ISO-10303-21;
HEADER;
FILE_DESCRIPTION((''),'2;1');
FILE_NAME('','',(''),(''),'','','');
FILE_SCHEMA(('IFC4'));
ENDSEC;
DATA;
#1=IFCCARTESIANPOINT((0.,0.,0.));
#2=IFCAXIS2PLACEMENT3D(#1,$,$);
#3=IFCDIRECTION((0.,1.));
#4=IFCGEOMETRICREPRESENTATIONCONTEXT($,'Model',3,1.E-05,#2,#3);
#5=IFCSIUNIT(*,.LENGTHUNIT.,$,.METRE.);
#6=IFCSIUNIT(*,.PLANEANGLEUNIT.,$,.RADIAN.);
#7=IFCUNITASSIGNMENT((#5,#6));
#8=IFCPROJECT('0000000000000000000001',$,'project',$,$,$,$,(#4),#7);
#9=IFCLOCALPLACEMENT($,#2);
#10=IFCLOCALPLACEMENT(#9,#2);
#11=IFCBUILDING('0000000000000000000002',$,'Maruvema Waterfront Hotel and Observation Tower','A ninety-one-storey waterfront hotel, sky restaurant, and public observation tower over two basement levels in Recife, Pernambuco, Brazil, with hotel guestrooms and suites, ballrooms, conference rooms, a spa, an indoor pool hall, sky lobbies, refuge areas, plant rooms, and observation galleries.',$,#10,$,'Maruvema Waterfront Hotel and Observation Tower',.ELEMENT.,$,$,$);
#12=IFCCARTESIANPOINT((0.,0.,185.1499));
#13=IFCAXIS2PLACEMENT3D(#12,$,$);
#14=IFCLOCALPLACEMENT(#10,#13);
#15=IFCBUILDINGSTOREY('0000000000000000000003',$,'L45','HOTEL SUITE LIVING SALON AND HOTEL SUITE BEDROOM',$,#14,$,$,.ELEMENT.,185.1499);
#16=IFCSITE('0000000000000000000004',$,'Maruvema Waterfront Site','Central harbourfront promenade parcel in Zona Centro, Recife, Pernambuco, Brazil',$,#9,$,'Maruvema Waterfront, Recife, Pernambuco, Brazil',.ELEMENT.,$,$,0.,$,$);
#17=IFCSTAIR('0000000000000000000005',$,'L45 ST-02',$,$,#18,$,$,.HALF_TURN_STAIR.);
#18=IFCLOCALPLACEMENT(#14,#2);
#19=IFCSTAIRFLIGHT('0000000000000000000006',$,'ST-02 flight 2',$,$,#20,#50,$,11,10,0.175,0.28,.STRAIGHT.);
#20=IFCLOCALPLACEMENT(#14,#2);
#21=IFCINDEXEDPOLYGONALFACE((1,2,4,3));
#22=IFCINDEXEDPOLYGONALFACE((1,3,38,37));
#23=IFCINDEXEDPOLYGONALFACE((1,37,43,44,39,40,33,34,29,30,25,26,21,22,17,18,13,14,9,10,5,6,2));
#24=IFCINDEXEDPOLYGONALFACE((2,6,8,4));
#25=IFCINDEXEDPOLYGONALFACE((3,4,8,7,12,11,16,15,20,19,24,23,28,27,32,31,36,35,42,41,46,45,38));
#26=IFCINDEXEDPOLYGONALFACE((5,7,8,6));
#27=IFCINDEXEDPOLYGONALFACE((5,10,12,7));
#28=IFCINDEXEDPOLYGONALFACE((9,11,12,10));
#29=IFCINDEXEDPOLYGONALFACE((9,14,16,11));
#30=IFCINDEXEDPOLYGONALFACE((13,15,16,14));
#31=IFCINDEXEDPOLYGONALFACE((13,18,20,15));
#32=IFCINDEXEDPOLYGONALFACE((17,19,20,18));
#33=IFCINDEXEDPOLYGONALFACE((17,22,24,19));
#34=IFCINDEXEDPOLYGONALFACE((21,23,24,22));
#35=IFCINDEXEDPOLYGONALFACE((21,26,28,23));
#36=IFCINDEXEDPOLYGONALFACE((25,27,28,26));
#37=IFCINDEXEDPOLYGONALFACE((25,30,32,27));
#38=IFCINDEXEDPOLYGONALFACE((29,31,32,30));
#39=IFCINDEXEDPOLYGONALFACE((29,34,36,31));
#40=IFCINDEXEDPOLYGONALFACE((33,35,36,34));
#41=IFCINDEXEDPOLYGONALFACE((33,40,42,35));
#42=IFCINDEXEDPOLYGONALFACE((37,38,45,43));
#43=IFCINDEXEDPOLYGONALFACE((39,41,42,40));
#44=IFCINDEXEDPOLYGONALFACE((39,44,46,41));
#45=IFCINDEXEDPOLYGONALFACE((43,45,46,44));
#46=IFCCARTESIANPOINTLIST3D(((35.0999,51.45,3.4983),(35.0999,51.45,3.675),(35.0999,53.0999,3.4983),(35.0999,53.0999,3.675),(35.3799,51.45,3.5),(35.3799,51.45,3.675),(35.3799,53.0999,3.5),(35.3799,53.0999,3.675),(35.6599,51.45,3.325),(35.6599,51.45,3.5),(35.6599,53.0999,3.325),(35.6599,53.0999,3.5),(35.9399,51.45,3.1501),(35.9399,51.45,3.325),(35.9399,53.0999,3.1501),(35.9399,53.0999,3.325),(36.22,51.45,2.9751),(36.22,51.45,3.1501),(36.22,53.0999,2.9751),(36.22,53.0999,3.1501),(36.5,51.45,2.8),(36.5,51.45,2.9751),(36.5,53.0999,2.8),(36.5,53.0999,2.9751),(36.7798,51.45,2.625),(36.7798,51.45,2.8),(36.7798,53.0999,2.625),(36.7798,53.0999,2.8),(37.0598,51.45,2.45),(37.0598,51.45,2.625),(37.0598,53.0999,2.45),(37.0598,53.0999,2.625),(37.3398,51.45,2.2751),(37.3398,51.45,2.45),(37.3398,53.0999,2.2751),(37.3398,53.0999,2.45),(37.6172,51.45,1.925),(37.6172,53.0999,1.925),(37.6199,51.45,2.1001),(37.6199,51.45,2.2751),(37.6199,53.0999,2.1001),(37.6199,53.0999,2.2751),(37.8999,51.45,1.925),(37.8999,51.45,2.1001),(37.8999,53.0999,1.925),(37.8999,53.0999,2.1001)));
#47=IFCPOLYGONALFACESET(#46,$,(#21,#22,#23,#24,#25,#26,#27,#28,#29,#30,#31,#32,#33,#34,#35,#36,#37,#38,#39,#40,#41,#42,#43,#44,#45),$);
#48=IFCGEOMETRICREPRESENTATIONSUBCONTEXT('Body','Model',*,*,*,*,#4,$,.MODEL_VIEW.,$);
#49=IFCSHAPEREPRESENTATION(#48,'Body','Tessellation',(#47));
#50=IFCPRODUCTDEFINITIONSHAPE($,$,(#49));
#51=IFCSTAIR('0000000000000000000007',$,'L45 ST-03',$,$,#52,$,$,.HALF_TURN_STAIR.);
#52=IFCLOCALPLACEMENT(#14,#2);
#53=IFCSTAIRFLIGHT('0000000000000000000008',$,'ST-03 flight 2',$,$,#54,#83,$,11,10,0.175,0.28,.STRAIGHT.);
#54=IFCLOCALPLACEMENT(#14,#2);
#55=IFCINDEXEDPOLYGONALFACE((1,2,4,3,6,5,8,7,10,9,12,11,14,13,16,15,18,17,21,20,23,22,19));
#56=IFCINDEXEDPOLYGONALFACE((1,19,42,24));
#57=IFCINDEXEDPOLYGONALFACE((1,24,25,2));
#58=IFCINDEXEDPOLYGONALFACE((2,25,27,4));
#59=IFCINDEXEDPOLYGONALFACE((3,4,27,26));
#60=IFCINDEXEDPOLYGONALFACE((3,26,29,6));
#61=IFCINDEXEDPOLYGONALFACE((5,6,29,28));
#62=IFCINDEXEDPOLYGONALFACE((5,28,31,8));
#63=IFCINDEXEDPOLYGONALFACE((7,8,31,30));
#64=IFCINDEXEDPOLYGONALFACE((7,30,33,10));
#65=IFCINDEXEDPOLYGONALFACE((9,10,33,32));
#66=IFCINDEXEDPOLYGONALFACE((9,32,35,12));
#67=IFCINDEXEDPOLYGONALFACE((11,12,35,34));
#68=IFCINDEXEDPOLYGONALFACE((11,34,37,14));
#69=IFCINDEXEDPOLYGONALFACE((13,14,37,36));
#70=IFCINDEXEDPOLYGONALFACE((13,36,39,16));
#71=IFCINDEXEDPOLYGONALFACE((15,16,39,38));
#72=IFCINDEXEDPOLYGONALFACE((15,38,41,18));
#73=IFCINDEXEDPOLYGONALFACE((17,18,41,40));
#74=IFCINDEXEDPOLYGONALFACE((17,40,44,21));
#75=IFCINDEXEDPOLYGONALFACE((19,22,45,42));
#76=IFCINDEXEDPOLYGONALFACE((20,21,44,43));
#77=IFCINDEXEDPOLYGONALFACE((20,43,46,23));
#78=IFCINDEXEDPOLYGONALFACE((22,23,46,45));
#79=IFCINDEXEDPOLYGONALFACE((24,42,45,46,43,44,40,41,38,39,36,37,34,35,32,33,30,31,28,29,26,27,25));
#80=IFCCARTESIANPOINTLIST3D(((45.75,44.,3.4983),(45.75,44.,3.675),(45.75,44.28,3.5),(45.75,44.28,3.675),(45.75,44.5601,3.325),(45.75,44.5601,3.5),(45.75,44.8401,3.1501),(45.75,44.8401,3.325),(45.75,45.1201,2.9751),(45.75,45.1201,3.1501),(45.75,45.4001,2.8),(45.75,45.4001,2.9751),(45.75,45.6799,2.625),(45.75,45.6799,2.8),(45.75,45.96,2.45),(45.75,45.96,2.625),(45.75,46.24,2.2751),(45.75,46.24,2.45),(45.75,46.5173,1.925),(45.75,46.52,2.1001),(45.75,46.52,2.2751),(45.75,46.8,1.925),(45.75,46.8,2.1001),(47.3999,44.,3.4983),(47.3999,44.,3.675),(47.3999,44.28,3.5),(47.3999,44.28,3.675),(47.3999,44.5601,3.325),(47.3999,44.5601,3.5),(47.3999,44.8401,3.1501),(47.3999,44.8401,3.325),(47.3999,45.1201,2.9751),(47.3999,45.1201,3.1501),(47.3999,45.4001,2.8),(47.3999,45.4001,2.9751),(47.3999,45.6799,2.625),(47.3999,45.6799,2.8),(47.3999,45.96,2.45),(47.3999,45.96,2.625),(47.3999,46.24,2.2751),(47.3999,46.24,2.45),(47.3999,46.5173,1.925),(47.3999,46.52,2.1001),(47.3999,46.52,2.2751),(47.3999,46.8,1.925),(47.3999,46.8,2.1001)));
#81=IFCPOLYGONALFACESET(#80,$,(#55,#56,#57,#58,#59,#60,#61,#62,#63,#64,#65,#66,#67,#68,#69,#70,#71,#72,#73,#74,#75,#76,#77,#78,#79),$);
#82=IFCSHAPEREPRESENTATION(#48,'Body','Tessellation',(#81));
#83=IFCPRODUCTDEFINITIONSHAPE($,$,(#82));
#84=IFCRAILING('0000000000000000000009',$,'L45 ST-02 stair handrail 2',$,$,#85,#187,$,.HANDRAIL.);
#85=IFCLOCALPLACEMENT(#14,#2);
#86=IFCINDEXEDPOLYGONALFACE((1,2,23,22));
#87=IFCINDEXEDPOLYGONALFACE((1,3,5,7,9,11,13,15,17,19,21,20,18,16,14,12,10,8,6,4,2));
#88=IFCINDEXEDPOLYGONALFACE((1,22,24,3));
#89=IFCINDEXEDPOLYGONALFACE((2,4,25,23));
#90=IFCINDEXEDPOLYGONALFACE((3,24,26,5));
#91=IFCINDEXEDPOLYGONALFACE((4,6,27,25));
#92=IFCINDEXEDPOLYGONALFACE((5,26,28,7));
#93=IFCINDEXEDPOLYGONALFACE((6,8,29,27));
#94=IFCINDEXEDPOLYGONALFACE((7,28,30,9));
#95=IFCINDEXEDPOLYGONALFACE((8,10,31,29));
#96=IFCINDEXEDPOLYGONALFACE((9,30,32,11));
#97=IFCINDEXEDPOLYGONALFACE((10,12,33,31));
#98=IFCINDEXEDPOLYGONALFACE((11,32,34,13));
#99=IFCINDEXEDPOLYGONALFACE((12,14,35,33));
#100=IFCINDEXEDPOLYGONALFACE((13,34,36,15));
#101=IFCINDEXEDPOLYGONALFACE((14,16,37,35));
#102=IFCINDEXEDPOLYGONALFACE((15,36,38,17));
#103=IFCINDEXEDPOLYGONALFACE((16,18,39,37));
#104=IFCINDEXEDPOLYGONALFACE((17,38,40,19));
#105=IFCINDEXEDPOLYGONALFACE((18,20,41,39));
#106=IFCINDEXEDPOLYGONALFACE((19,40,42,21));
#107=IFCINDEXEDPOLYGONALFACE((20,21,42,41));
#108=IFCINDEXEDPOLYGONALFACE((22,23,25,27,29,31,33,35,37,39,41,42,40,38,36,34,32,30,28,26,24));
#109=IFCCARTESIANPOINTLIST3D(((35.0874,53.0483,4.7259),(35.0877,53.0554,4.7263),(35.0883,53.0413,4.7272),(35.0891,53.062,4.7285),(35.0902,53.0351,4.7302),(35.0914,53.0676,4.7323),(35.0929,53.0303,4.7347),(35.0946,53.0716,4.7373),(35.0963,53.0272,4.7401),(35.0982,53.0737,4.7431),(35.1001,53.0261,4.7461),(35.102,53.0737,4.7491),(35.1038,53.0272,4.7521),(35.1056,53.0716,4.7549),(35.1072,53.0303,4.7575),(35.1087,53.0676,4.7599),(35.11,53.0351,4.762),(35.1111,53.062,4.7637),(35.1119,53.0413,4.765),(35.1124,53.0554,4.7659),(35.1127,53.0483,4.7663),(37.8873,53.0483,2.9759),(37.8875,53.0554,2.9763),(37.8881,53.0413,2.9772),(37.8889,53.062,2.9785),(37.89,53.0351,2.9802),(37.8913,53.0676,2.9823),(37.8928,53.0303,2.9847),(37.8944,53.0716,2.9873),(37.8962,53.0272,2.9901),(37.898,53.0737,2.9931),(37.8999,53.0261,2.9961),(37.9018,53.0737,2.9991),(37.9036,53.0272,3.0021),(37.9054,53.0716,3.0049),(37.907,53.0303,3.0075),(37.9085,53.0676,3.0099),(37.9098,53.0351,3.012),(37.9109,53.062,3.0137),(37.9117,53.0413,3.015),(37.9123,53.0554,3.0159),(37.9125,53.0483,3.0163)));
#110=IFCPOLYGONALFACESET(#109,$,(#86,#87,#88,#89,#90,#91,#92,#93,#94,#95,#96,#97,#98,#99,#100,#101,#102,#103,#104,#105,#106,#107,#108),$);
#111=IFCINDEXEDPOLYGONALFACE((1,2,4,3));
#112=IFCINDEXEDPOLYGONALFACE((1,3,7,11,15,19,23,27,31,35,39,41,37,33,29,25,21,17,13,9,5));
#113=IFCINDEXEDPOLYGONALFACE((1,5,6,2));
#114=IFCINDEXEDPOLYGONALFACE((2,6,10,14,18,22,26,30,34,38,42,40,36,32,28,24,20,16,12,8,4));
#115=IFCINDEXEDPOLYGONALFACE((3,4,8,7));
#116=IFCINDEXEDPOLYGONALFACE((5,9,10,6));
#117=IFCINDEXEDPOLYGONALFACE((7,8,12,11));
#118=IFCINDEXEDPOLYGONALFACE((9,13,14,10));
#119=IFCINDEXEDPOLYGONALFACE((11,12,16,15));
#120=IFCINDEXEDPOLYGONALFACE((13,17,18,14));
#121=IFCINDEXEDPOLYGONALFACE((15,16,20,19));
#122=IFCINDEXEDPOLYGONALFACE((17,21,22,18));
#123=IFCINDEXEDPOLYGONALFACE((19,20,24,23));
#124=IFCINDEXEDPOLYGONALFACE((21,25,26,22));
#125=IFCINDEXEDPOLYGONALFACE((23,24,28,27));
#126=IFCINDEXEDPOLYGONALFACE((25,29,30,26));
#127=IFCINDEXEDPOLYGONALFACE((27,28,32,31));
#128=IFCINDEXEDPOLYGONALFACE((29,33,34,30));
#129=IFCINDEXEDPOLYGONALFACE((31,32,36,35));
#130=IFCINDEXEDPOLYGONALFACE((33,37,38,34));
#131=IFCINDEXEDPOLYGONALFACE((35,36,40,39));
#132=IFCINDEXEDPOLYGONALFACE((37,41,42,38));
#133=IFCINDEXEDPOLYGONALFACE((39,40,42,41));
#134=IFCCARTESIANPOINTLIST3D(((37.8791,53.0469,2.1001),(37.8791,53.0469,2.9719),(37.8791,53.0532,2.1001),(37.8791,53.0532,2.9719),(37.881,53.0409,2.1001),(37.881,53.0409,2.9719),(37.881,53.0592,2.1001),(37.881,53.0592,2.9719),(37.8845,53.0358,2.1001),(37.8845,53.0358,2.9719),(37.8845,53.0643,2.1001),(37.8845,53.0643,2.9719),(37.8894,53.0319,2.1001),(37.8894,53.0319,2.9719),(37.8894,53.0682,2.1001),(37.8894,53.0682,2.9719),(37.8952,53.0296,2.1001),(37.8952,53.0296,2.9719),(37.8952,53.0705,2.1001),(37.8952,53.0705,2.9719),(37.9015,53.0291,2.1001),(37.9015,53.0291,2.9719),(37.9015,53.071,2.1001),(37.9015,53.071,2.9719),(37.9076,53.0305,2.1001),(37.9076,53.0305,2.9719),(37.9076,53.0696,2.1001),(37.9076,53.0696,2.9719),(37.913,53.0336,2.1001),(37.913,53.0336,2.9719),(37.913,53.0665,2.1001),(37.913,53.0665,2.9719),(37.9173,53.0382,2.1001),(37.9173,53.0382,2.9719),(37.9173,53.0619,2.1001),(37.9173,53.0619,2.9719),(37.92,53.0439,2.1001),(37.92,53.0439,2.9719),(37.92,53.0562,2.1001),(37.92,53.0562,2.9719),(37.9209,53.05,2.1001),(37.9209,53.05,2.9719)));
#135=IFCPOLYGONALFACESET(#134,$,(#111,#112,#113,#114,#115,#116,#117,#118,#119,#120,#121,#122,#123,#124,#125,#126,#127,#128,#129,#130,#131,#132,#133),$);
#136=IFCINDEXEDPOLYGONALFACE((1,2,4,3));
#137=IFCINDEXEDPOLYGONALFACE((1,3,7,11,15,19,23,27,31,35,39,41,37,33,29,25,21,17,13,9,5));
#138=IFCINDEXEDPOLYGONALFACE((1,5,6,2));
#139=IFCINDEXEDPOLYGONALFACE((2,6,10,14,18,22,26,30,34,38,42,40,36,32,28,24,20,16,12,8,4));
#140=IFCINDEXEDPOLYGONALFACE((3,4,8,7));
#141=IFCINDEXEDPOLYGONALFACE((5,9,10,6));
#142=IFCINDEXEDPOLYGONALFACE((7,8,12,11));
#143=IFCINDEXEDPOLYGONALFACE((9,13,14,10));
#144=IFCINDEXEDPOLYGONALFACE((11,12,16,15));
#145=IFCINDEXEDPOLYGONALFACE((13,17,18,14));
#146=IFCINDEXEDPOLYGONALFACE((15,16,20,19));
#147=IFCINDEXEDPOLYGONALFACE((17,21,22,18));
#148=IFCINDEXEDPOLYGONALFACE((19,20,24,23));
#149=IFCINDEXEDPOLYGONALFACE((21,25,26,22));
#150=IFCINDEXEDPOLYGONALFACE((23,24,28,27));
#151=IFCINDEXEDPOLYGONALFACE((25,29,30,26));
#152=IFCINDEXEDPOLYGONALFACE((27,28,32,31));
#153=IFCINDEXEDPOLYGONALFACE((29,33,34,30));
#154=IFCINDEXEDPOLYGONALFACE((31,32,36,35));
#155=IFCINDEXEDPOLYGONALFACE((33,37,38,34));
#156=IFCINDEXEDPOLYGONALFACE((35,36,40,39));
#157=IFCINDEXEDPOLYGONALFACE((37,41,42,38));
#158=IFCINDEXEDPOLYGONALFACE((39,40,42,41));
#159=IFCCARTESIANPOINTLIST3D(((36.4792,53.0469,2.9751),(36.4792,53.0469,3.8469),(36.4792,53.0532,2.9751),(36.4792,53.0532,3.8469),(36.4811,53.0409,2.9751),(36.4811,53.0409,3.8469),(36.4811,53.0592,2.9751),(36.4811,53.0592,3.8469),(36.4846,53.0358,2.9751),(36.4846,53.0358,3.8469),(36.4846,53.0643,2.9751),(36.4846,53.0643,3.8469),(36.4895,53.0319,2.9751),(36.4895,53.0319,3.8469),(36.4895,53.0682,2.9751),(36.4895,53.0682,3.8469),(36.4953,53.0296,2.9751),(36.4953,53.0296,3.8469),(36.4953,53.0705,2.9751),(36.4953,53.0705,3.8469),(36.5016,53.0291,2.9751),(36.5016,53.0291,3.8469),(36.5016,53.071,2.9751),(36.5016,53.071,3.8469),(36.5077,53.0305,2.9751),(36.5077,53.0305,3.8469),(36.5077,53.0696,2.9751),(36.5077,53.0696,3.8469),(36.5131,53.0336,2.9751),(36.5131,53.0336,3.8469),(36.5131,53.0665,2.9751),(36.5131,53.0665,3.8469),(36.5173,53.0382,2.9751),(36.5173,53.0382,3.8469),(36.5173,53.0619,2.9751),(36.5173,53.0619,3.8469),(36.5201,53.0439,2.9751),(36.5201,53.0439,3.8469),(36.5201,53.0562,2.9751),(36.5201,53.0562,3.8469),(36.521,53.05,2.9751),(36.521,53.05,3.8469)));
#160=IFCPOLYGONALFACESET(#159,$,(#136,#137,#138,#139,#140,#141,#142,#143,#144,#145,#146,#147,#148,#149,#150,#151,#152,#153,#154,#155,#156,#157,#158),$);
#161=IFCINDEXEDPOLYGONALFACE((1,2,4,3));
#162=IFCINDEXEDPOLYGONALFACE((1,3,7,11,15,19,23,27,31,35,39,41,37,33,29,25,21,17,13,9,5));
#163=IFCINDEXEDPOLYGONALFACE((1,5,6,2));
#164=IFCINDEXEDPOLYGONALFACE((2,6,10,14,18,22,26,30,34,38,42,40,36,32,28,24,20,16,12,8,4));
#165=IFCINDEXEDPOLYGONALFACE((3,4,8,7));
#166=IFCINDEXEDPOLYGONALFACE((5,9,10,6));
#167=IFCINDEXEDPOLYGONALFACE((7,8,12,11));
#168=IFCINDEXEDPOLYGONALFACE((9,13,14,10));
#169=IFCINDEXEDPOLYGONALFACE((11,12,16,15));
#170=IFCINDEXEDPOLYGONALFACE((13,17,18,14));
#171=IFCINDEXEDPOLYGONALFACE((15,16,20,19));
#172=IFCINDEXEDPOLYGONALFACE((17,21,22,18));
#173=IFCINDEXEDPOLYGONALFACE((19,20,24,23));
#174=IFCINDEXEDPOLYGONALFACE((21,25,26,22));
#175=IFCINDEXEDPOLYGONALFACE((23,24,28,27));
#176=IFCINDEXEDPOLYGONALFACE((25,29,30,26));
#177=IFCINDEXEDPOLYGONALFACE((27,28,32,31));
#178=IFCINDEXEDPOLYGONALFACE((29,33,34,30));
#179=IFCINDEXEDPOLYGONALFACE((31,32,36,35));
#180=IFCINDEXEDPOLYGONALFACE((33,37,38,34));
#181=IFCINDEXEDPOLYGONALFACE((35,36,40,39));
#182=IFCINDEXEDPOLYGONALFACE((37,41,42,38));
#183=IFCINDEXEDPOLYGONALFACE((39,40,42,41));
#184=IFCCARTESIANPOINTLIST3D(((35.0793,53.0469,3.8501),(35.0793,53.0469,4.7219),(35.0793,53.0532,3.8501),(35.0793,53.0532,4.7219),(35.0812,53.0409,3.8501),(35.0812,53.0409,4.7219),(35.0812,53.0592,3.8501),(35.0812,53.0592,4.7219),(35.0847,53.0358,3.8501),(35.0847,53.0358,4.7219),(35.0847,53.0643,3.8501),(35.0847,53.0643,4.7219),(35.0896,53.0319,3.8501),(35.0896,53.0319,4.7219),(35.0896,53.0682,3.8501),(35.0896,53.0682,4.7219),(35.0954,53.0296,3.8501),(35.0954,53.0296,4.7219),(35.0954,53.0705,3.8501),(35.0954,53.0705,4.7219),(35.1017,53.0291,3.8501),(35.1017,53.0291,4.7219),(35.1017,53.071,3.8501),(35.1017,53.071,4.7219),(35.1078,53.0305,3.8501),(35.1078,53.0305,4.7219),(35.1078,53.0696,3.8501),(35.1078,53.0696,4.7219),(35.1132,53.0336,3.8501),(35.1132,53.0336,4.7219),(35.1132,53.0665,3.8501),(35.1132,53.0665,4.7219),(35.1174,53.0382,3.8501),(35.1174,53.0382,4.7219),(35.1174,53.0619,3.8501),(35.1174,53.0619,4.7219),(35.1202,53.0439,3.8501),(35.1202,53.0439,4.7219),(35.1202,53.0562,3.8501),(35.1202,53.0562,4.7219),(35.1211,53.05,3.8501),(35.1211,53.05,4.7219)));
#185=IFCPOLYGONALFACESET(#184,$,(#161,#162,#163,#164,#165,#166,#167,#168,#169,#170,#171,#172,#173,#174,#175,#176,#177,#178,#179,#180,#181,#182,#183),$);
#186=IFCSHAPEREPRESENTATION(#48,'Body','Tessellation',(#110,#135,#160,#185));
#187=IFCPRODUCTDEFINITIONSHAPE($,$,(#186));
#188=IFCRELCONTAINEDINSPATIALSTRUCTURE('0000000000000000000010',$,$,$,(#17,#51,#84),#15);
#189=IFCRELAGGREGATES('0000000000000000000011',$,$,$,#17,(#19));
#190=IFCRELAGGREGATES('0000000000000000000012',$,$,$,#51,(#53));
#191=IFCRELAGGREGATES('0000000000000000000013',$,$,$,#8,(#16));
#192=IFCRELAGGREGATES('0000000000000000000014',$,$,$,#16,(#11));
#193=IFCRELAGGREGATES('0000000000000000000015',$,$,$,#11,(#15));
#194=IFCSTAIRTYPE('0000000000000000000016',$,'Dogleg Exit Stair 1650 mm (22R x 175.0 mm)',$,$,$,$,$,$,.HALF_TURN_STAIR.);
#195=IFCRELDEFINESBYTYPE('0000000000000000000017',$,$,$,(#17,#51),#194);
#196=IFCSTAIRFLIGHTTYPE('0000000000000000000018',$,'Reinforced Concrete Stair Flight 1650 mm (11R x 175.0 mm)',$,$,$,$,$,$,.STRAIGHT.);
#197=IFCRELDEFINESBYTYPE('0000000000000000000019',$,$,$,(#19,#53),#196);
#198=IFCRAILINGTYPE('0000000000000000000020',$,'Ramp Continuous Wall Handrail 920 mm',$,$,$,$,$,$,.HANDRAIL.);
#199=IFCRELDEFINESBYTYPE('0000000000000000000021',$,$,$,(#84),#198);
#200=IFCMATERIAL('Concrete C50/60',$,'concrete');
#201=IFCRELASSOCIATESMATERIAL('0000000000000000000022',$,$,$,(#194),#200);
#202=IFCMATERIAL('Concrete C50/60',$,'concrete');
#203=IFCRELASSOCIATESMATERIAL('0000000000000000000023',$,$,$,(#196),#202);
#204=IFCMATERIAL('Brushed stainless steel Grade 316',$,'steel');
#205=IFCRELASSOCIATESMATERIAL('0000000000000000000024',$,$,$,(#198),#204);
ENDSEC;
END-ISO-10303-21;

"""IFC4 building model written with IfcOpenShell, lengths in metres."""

from ifc_helpers import new_model, si_unit, direction, frame, origin, origin_2d, place, context, subcontext, project, spatial, polyline, circle, outline, extrude, material, type_object, element, aggregate, save


model = new_model("IFC4")

# Units and contexts
model_context = context("Model", 3, precision=1e-05, world=origin(), true_north=direction((0.0, 1.0)))
body_context = subcontext(model_context, "Body", "Model", "MODEL_VIEW")
ifc_project = project(units=[si_unit("LENGTHUNIT", "METRE"), si_unit("PLANEANGLEUNIT", "RADIAN")], contexts=[model_context])

# Site, building, storey
site_placement = place(None, origin())
site = spatial("IfcSite", under=ifc_project, at=site_placement, Name="Maruvema Waterfront Site", Description="Central harbourfront promenade parcel in Zona Centro, Recife, Pernambuco, Brazil", LongName="Maruvema Waterfront, Recife, Pernambuco, Brazil", CompositionType="ELEMENT", RefElevation=0.0)
building_placement = place(site_placement, origin())
building = spatial("IfcBuilding", under=site, at=building_placement, Name="Maruvema Waterfront Hotel and Observation Tower", Description="A ninety-one-storey waterfront hotel, sky restaurant, and public observation tower over two basement levels in Recife, Pernambuco, Brazil, with hotel guestrooms and suites, ballrooms, conference rooms, a spa, an indoor pool hall, sky lobbies, refuge areas, plant rooms, and observation galleries.", LongName="Maruvema Waterfront Hotel and Observation Tower", CompositionType="ELEMENT")
storey_placement = place(building_placement, frame((0.0, 0.0, 185.1499)))
storey = spatial("IfcBuildingStorey", under=building, at=storey_placement, Name="L45", Description="HOTEL SUITE LIVING SALON AND HOTEL SUITE BEDROOM", CompositionType="ELEMENT", Elevation=185.1499)

# Stairs, stair flights
ifc_material_1 = material(Name="Concrete C50/60", Category="concrete")
stair_type = type_object("IfcStairType", Name="Dogleg Exit Stair 1650 mm (22R x 175.0 mm)", PredefinedType="HALF_TURN_STAIR", material=ifc_material_1)
stair_1_placement = place(storey_placement, origin())
stair_1 = element("IfcStair", 1, at=stair_1_placement, inside=storey, type_object=stair_type, Name="L45 ST-02", PredefinedType="HALF_TURN_STAIR")
ifc_material_2 = material(Name="Concrete C50/60", Category="concrete")
stair_flight_type = type_object("IfcStairFlightType", Name="Reinforced Concrete Stair Flight 1650 mm (11R x 175.0 mm)", PredefinedType="STRAIGHT", material=ifc_material_2)
stair_flight_1_placement = place(storey_placement, frame((37.8999, 52.2749, 1.925), z_axis=(0.0, 0.0, 1.0), x_axis=(-1.0, 0.0, 0.0)))
stair_flight_1 = element("IfcStairFlight", 2, at=stair_flight_1_placement, type_object=stair_flight_type, Name="ST-02 flight 2", NumberOfRisers=11, NumberOfTreads=10, PredefinedType="STRAIGHT", RiserHeight=0.175, TreadLength=0.28, context=body_context, shape_type="SweptSolid", body=[
    extrude(outline(polyline([(0.0, 0.0), (0.0, 0.175), (0.28, 0.175), (0.28, 0.3501), (0.5601, 0.3501), (0.5601, 0.5249), (0.8401, 0.5249), (0.8401, 0.7), (1.1201, 0.7), (1.1201, 0.875), (1.3999, 0.875), (1.3999, 1.05), (1.6799, 1.05), (1.6799, 1.2251), (1.96, 1.2251), (1.96, 1.3999), (2.24, 1.3999), (2.24, 1.575), (2.52, 1.575), (2.52, 1.75), (2.8, 1.75), (2.8, 1.925), (2.8, 1.5732), (0.2827, 0.0), (0.0, 0.0)])), frame((0.0, 0.825, 0.0), z_axis=(0.0, -1.0, 0.0), x_axis=(1.0, 0.0, 0.0)), (0.0, 0.0, 1.0), 1.6499),
])
aggregate(stair_1, [stair_flight_1])
stair_2_placement = place(storey_placement, origin())
stair_2 = element("IfcStair", 3, at=stair_2_placement, inside=storey, type_object=stair_type, Name="L45 ST-03", PredefinedType="HALF_TURN_STAIR")
stair_flight_2_placement = place(storey_placement, frame((46.575, 46.8, 1.925), z_axis=(0.0, 0.0, 1.0), x_axis=(0.0, -1.0, 0.0)))
stair_flight_2 = element("IfcStairFlight", 4, at=stair_flight_2_placement, type_object=stair_flight_type, Name="ST-03 flight 2", NumberOfRisers=11, NumberOfTreads=10, PredefinedType="STRAIGHT", RiserHeight=0.175, TreadLength=0.28, context=body_context, shape_type="SweptSolid", body=[
    extrude(outline(polyline([(0.0, 0.0), (0.0, 0.175), (0.28, 0.175), (0.28, 0.3501), (0.5601, 0.3501), (0.5601, 0.5249), (0.8401, 0.5249), (0.8401, 0.7), (1.1201, 0.7), (1.1201, 0.875), (1.3999, 0.875), (1.3999, 1.05), (1.6799, 1.05), (1.6799, 1.2251), (1.96, 1.2251), (1.96, 1.3999), (2.24, 1.3999), (2.24, 1.575), (2.52, 1.575), (2.52, 1.75), (2.8, 1.75), (2.8, 1.925), (2.8, 1.5732), (0.2827, 0.0), (0.0, 0.0)])), frame((0.0, 0.825, 0.0), z_axis=(0.0, -1.0, 0.0), x_axis=(1.0, 0.0, 0.0)), (0.0, 0.0, 1.0), 1.6499),
])
aggregate(stair_2, [stair_flight_2])

# Railing
ifc_material_3 = material(Name="Brushed stainless steel Grade 316", Category="steel")
railing_type_1 = type_object("IfcRailingType", Name="Ramp Continuous Wall Handrail 920 mm", PredefinedType="HANDRAIL", material=ifc_material_3)
railing_1_placement = place(storey_placement, frame((37.8999, 53.05, 2.1001)))
element("IfcRailing", 5, at=railing_1_placement, inside=storey, type_object=railing_type_1, Name="L45 ST-02 stair handrail 2", PredefinedType="HANDRAIL", context=body_context, shape_type="SweptSolid", body=[
    extrude(circle(Radius=0.0239, at=origin_2d()), frame((0.0, 0.0, 0.896), z_axis=(-0.847982, 0.0, 0.530026), x_axis=(0.0, -1.0, 0.0)), (0.0, 0.0, 1.0), 3.3018),
    extrude(circle(Radius=0.021, at=origin_2d()), origin(), (0.0, 0.0, 1.0), 0.8718),
    extrude(circle(Radius=0.021, at=origin_2d()), frame((-1.3999, 0.0, 0.875)), (0.0, 0.0, 1.0), 0.8718),
    extrude(circle(Radius=0.021, at=origin_2d()), frame((-2.7998, 0.0, 1.75)), (0.0, 0.0, 1.0), 0.8718),
])

save(model, "model.ifc")
